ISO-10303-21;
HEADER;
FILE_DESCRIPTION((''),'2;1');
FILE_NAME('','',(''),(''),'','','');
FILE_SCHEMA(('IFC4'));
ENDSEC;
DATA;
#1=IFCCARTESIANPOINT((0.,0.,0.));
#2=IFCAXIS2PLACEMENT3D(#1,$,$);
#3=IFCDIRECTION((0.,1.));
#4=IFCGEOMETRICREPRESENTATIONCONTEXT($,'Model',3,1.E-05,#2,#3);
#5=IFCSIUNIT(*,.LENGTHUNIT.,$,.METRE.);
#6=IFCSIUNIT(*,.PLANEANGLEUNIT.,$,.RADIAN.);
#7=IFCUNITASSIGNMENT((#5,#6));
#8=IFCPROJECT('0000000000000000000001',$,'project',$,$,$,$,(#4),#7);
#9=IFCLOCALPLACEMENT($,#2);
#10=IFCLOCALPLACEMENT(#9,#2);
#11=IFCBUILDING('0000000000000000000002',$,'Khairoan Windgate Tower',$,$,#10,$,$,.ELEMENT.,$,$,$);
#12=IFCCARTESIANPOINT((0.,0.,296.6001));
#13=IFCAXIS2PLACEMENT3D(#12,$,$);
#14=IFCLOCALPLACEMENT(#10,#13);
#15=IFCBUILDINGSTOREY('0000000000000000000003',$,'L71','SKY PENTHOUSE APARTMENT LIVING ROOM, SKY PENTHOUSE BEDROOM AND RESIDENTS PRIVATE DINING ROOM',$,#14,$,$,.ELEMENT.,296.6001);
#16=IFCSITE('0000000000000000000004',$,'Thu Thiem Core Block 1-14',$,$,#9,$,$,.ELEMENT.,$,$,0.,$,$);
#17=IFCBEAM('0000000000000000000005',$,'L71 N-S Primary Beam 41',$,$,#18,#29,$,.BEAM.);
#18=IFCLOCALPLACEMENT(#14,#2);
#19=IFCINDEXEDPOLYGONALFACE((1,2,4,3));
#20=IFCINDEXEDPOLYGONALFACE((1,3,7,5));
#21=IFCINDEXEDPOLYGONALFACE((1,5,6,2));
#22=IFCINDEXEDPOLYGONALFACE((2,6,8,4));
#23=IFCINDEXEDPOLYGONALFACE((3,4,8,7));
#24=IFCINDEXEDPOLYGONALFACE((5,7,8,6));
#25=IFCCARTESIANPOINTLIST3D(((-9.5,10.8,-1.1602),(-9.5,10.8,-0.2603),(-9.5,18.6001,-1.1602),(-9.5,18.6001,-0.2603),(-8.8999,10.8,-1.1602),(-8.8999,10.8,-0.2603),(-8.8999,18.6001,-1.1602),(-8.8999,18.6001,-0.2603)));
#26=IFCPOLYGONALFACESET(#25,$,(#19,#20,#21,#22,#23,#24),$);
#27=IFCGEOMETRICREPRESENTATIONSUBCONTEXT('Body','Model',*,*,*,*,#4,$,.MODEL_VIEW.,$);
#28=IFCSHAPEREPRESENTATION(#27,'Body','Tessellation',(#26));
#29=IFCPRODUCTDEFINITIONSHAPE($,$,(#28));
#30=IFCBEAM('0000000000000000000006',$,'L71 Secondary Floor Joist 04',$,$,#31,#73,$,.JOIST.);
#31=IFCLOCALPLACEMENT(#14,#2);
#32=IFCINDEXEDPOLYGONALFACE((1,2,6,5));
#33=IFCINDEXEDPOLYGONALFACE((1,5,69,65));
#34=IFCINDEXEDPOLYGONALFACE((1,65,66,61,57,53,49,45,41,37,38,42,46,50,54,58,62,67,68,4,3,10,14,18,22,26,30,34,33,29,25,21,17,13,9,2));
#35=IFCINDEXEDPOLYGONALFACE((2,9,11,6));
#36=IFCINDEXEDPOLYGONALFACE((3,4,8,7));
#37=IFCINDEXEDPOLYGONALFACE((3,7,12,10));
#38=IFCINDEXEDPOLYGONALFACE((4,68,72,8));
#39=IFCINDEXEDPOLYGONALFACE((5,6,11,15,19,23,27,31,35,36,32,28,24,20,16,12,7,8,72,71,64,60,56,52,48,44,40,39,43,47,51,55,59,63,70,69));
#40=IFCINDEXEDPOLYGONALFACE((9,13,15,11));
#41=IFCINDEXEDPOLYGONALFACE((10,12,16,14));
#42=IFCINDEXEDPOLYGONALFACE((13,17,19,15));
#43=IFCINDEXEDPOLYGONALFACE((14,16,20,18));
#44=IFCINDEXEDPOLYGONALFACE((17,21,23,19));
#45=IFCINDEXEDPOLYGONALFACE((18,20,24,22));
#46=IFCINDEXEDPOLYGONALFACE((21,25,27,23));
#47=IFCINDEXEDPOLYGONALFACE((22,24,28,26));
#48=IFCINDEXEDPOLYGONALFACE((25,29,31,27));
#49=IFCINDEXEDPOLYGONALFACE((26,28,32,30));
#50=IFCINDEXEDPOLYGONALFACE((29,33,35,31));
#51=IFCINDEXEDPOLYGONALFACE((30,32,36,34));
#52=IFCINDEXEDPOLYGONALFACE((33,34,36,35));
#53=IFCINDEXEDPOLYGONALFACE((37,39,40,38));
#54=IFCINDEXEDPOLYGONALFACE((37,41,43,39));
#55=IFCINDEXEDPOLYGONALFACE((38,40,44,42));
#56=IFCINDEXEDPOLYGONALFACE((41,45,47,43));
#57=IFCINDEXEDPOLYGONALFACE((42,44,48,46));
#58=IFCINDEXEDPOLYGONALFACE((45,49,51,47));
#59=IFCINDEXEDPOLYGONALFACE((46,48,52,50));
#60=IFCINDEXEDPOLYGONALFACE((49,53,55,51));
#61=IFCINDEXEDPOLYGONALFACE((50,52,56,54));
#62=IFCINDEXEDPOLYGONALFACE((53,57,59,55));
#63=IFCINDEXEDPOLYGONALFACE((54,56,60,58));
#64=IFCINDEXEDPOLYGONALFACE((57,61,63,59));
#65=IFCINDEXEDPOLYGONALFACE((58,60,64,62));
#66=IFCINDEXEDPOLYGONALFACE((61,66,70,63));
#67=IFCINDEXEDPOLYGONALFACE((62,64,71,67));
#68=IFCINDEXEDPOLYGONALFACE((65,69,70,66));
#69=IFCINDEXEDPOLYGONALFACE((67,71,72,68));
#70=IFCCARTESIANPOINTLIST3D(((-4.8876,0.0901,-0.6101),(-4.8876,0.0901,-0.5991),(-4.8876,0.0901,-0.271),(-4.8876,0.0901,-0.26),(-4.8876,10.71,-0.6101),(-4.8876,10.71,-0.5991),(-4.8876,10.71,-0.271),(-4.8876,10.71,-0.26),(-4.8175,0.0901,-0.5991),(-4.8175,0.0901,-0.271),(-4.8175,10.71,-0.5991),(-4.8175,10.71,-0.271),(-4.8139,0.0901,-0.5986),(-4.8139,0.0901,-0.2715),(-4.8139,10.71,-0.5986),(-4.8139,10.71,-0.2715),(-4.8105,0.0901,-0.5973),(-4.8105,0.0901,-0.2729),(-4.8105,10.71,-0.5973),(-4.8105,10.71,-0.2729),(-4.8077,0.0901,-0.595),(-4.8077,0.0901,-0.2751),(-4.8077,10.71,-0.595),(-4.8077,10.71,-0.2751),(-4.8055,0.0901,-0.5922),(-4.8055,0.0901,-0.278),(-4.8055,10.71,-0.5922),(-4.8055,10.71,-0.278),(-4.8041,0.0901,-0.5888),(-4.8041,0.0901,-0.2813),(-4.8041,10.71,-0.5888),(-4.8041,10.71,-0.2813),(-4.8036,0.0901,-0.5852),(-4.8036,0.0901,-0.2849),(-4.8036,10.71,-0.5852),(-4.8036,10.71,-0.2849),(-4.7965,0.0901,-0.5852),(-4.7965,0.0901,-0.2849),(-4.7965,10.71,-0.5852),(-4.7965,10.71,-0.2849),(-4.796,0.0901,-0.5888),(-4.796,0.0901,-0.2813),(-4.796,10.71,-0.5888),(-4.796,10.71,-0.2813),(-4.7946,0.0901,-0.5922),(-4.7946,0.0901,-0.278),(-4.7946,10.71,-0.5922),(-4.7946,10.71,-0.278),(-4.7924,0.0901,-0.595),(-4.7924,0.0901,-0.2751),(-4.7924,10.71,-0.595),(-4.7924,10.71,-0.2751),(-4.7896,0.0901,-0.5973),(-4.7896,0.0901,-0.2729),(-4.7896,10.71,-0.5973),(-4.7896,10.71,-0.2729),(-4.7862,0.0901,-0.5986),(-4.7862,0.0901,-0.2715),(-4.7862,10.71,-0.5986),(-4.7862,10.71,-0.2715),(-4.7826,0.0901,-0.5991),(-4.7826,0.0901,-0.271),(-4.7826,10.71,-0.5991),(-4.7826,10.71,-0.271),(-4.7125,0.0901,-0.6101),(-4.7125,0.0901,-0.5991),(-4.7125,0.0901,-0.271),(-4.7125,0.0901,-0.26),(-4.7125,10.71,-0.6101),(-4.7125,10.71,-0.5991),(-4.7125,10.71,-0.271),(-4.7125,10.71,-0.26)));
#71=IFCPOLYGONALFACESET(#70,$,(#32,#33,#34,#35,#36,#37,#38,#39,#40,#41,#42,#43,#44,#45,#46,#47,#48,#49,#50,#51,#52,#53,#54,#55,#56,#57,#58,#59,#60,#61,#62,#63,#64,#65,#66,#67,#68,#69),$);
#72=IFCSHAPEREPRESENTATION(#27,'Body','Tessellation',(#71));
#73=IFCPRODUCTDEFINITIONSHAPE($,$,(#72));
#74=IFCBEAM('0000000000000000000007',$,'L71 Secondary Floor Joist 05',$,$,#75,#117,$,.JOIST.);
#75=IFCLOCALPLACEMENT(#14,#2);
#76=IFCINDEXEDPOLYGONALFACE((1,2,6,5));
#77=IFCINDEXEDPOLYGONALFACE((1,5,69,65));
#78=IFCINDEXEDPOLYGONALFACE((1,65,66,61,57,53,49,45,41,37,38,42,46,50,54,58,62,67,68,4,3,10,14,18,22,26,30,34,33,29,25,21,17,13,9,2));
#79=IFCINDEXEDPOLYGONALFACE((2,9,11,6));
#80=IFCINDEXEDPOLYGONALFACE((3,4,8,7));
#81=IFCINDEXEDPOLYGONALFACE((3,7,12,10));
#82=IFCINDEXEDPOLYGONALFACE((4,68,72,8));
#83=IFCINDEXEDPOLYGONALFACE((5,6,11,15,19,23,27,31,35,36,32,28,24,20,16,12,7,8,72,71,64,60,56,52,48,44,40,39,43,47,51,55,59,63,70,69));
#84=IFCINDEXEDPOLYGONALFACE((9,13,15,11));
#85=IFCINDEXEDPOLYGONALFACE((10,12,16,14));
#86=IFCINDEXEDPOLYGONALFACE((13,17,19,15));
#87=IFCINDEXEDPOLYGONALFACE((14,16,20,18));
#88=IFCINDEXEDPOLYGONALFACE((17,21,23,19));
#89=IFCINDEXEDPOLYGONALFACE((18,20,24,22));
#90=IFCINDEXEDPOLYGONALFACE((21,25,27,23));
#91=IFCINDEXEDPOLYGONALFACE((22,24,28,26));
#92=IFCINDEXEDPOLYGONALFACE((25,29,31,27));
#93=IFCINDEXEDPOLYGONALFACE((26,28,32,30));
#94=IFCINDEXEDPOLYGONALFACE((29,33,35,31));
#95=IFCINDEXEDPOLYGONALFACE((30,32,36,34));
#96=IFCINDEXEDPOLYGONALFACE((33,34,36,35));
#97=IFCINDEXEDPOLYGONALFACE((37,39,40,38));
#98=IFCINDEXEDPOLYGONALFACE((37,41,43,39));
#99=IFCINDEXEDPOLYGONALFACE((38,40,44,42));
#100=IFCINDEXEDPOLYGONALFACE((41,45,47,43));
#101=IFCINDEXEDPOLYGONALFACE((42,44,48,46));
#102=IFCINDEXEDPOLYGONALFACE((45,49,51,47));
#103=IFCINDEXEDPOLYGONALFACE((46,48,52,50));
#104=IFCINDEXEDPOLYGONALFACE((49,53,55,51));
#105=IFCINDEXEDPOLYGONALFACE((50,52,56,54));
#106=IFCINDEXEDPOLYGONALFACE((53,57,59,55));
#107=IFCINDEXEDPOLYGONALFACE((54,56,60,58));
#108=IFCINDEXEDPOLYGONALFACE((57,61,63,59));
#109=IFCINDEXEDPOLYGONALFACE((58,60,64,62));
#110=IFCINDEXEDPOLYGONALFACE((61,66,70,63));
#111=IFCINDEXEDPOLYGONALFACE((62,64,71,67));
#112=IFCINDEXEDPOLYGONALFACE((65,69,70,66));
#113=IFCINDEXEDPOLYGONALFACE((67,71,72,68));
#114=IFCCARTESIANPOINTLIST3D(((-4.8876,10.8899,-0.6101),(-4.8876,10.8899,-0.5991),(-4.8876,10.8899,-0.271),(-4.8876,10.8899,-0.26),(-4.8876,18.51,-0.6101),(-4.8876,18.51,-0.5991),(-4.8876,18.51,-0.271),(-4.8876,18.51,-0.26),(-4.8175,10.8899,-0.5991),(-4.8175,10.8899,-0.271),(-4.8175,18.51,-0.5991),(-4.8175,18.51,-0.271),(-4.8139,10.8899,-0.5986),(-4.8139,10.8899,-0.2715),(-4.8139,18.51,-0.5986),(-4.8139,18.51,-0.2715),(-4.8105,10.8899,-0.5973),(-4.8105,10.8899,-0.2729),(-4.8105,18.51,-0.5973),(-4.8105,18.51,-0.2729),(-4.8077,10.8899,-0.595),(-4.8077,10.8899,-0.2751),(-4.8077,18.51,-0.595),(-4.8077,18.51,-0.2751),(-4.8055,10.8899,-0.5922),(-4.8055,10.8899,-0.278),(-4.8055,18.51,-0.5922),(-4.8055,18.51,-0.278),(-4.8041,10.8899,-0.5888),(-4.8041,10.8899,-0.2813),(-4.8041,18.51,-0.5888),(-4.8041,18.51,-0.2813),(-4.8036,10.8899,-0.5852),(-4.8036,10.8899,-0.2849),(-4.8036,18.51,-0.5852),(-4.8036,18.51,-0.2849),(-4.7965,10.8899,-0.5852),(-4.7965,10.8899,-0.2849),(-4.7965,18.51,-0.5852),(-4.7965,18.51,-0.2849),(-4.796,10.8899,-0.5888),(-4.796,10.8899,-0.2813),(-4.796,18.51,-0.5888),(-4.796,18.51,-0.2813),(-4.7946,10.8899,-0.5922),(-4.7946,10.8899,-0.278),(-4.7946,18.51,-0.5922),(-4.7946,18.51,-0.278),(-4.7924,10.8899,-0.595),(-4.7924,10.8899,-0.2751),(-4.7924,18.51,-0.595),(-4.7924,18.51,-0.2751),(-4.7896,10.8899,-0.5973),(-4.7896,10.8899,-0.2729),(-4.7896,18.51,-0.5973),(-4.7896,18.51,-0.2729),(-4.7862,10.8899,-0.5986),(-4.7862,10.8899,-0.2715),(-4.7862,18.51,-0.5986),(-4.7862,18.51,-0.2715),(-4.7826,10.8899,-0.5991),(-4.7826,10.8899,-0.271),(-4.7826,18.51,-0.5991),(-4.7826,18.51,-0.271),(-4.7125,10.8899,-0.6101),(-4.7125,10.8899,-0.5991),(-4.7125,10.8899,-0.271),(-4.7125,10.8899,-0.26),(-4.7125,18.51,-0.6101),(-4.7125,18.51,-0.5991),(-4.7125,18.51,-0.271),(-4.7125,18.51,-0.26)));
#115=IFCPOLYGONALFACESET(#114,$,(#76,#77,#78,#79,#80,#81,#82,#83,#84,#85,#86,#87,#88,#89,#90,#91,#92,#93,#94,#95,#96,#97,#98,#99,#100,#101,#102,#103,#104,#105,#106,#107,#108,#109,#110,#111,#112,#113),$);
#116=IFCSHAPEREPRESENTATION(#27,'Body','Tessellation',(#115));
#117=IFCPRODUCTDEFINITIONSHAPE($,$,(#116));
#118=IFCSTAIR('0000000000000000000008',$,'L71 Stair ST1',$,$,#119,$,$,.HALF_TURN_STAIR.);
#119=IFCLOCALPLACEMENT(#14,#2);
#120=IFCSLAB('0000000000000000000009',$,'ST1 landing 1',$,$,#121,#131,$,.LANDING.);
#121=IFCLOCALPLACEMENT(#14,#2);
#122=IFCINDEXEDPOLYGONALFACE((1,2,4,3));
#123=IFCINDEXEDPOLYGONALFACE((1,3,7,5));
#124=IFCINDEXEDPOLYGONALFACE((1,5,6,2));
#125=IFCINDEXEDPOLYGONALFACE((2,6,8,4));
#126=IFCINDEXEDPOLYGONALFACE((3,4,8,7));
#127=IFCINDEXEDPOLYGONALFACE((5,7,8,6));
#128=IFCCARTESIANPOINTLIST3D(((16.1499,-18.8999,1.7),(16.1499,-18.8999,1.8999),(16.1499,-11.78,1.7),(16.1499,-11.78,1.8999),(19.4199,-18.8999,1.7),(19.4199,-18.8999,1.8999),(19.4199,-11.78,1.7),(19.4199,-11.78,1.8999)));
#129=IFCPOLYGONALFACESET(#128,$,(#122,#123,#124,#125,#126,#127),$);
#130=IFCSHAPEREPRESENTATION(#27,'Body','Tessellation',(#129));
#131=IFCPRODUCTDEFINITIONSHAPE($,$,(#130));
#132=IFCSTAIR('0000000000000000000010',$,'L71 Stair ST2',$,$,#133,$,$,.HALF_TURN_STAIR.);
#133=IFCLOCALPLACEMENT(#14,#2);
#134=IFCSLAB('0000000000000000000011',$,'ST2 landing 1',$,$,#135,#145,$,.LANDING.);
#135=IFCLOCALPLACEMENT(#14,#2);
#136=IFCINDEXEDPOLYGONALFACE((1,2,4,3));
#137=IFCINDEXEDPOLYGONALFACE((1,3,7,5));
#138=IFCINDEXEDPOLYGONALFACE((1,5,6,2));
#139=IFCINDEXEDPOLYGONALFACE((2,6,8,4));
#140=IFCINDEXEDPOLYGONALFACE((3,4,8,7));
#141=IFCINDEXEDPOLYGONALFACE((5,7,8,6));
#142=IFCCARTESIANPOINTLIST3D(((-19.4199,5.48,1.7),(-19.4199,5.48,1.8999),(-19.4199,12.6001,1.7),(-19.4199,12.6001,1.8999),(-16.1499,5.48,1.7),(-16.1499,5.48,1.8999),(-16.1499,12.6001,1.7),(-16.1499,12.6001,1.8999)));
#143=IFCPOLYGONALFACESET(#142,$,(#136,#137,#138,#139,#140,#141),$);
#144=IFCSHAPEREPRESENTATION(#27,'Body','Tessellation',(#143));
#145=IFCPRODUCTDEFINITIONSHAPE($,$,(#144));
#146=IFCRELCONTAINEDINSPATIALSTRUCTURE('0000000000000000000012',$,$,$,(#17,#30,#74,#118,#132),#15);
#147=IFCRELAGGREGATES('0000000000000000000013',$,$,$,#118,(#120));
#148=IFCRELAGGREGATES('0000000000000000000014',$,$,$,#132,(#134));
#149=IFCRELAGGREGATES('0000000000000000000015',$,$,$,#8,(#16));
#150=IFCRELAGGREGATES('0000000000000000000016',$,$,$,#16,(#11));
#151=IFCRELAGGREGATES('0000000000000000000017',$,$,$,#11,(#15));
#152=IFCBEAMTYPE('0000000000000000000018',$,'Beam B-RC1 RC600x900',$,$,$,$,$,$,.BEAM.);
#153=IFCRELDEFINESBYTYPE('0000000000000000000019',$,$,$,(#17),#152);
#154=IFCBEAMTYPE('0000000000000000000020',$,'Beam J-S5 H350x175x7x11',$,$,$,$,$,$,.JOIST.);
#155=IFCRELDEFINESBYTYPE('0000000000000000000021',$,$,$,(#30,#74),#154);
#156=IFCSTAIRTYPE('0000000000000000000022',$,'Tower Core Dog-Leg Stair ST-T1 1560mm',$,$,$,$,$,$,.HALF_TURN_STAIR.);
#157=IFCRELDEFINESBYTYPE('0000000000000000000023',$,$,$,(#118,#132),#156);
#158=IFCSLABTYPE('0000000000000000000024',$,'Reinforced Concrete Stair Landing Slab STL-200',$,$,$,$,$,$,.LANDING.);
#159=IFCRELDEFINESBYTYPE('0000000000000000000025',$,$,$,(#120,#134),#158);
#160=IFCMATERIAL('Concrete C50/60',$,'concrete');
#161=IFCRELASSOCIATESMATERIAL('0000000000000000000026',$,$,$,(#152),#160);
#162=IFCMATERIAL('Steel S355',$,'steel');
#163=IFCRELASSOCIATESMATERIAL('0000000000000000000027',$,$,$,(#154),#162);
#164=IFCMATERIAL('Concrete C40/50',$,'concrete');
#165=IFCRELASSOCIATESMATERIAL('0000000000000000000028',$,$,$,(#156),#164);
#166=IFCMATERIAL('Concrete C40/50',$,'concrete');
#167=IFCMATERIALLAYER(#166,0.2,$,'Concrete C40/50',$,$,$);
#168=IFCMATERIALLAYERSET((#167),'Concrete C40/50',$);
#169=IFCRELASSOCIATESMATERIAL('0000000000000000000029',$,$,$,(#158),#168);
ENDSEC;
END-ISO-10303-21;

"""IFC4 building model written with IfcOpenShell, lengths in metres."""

from ifc_helpers import new_model, si_unit, direction, frame, origin, origin_2d, place, context, subcontext, project, spatial, polyline, rectangle, i_section, outline, extrude, material, layer, layer_set, material_profile, profile_set, type_object, element, aggregate, save


model = new_model("IFC4")

# Units and contexts
model_context = context("Model", 3, precision=1e-05, world=origin(), true_north=direction((0.0, 1.0)))
body_context = subcontext(model_context, "Body", "Model", "MODEL_VIEW")
ifc_project = project(units=[si_unit("LENGTHUNIT", "METRE"), si_unit("PLANEANGLEUNIT", "RADIAN")], contexts=[model_context])

# Site, building, storey
site_placement = place(None, origin())
site = spatial("IfcSite", under=ifc_project, at=site_placement, Name="Thu Thiem Core Block 1-14", CompositionType="ELEMENT", RefElevation=0.0)
building_placement = place(site_placement, origin())
building = spatial("IfcBuilding", under=site, at=building_placement, Name="Khairoan Windgate Tower", CompositionType="ELEMENT")
storey_placement = place(building_placement, frame((0.0, 0.0, 296.6001)))
storey = spatial("IfcBuildingStorey", under=building, at=storey_placement, Name="L71", Description="SKY PENTHOUSE APARTMENT LIVING ROOM, SKY PENTHOUSE BEDROOM AND RESIDENTS PRIVATE DINING ROOM", CompositionType="ELEMENT", Elevation=296.6001)

# Beams
ifc_material_1 = material(Name="Concrete C50/60", Category="concrete")
ifc_material_profile_1 = material_profile(ifc_material_1, rectangle(XDim=0.6001, YDim=0.8999, at=origin_2d()))
ifc_profile_set_1 = profile_set([ifc_material_profile_1], Name="Concrete C50/60")
beam_type_1 = type_object("IfcBeamType", Name="Beam B-RC1 RC600x900", PredefinedType="BEAM", material=ifc_profile_set_1)
beam_1_placement = place(storey_placement, frame((-9.2, 10.8, -0.7102), z_axis=(0.0, 1.0, 0.0), x_axis=(-1.0, 0.0, 0.0)))
element("IfcBeam", 1, at=beam_1_placement, inside=storey, type_object=beam_type_1, Name="L71 N-S Primary Beam 41", PredefinedType="BEAM", context=body_context, shape_type="SweptSolid", body=[
    extrude(rectangle(XDim=0.6001, YDim=0.8999, at=origin_2d()), origin(), (0.0, 0.0, 1.0), 7.8),
])
ifc_material_2 = material(Name="Steel S355", Category="steel")
ifc_material_profile_2 = material_profile(ifc_material_2, i_section(OverallWidth=0.175, OverallDepth=0.3501, WebThickness=0.0071, FlangeThickness=0.011, FilletRadius=0.0139, at=origin_2d()))
ifc_profile_set_2 = profile_set([ifc_material_profile_2], Name="Steel S355")
beam_type_2 = type_object("IfcBeamType", Name="Beam J-S5 H350x175x7x11", PredefinedType="JOIST", material=ifc_profile_set_2)
beam_2_placement = place(storey_placement, frame((-4.8, 0.0901, -0.4351), z_axis=(0.0, 1.0, 0.0), x_axis=(-1.0, 0.0, 0.0)))
element("IfcBeam", 2, at=beam_2_placement, inside=storey, type_object=beam_type_2, Name="L71 Secondary Floor Joist 04", PredefinedType="JOIST", context=body_context, shape_type="SweptSolid", body=[
    extrude(i_section(OverallWidth=0.175, OverallDepth=0.3501, WebThickness=0.0071, FlangeThickness=0.011, FilletRadius=0.0139, at=origin_2d()), origin(), (0.0, 0.0, 1.0), 10.6199),
])
beam_3_placement = place(storey_placement, frame((-4.8, 10.8899, -0.4351), z_axis=(0.0, 1.0, 0.0), x_axis=(-1.0, 0.0, 0.0)))
element("IfcBeam", 3, at=beam_3_placement, inside=storey, type_object=beam_type_2, Name="L71 Secondary Floor Joist 05", PredefinedType="JOIST", context=body_context, shape_type="SweptSolid", body=[
    extrude(i_section(OverallWidth=0.175, OverallDepth=0.3501, WebThickness=0.0071, FlangeThickness=0.011, FilletRadius=0.0139, at=origin_2d()), origin(), (0.0, 0.0, 1.0), 7.6201),
])

# Stairs, slabs
ifc_material_3 = material(Name="Concrete C40/50", Category="concrete")
stair_type = type_object("IfcStairType", Name="Tower Core Dog-Leg Stair ST-T1 1560mm", PredefinedType="HALF_TURN_STAIR", material=ifc_material_3)
stair_1_placement = place(storey_placement, origin())
stair_1 = element("IfcStair", 4, at=stair_1_placement, inside=storey, type_object=stair_type, Name="L71 Stair ST1", PredefinedType="HALF_TURN_STAIR")
ifc_material_4 = material(Name="Concrete C40/50", Category="concrete")
ifc_layer_1 = layer(ifc_material_4, 0.2, Name="Concrete C40/50")
ifc_layer_set_1 = layer_set([ifc_layer_1], Name="Concrete C40/50")
slab_type_1 = type_object("IfcSlabType", Name="Reinforced Concrete Stair Landing Slab STL-200", PredefinedType="LANDING", material=ifc_layer_set_1)
slab_1_placement = place(storey_placement, frame((0.0, 0.0, 1.7)))
slab_1 = element("IfcSlab", 5, at=slab_1_placement, type_object=slab_type_1, Name="ST1 landing 1", PredefinedType="LANDING", context=body_context, shape_type="SweptSolid", body=[
    extrude(outline(polyline([(16.1499, -11.78), (16.1499, -18.8999), (19.4199, -18.8999), (19.4199, -11.78), (16.1499, -11.78)])), origin(), (0.0, 0.0, 1.0), 0.2),
])
aggregate(stair_1, [slab_1])
stair_2_placement = place(storey_placement, origin())
stair_2 = element("IfcStair", 6, at=stair_2_placement, inside=storey, type_object=stair_type, Name="L71 Stair ST2", PredefinedType="HALF_TURN_STAIR")
slab_2_placement = place(storey_placement, frame((0.0, 0.0, 1.7)))
slab_2 = element("IfcSlab", 7, at=slab_2_placement, type_object=slab_type_1, Name="ST2 landing 1", PredefinedType="LANDING", context=body_context, shape_type="SweptSolid", body=[
    extrude(outline(polyline([(-16.1499, 5.48), (-16.1499, 12.6001), (-19.4199, 12.6001), (-19.4199, 5.48), (-16.1499, 5.48)])), origin(), (0.0, 0.0, 1.0), 0.2),
])
aggregate(stair_2, [slab_2])

save(model, "model.ifc")
